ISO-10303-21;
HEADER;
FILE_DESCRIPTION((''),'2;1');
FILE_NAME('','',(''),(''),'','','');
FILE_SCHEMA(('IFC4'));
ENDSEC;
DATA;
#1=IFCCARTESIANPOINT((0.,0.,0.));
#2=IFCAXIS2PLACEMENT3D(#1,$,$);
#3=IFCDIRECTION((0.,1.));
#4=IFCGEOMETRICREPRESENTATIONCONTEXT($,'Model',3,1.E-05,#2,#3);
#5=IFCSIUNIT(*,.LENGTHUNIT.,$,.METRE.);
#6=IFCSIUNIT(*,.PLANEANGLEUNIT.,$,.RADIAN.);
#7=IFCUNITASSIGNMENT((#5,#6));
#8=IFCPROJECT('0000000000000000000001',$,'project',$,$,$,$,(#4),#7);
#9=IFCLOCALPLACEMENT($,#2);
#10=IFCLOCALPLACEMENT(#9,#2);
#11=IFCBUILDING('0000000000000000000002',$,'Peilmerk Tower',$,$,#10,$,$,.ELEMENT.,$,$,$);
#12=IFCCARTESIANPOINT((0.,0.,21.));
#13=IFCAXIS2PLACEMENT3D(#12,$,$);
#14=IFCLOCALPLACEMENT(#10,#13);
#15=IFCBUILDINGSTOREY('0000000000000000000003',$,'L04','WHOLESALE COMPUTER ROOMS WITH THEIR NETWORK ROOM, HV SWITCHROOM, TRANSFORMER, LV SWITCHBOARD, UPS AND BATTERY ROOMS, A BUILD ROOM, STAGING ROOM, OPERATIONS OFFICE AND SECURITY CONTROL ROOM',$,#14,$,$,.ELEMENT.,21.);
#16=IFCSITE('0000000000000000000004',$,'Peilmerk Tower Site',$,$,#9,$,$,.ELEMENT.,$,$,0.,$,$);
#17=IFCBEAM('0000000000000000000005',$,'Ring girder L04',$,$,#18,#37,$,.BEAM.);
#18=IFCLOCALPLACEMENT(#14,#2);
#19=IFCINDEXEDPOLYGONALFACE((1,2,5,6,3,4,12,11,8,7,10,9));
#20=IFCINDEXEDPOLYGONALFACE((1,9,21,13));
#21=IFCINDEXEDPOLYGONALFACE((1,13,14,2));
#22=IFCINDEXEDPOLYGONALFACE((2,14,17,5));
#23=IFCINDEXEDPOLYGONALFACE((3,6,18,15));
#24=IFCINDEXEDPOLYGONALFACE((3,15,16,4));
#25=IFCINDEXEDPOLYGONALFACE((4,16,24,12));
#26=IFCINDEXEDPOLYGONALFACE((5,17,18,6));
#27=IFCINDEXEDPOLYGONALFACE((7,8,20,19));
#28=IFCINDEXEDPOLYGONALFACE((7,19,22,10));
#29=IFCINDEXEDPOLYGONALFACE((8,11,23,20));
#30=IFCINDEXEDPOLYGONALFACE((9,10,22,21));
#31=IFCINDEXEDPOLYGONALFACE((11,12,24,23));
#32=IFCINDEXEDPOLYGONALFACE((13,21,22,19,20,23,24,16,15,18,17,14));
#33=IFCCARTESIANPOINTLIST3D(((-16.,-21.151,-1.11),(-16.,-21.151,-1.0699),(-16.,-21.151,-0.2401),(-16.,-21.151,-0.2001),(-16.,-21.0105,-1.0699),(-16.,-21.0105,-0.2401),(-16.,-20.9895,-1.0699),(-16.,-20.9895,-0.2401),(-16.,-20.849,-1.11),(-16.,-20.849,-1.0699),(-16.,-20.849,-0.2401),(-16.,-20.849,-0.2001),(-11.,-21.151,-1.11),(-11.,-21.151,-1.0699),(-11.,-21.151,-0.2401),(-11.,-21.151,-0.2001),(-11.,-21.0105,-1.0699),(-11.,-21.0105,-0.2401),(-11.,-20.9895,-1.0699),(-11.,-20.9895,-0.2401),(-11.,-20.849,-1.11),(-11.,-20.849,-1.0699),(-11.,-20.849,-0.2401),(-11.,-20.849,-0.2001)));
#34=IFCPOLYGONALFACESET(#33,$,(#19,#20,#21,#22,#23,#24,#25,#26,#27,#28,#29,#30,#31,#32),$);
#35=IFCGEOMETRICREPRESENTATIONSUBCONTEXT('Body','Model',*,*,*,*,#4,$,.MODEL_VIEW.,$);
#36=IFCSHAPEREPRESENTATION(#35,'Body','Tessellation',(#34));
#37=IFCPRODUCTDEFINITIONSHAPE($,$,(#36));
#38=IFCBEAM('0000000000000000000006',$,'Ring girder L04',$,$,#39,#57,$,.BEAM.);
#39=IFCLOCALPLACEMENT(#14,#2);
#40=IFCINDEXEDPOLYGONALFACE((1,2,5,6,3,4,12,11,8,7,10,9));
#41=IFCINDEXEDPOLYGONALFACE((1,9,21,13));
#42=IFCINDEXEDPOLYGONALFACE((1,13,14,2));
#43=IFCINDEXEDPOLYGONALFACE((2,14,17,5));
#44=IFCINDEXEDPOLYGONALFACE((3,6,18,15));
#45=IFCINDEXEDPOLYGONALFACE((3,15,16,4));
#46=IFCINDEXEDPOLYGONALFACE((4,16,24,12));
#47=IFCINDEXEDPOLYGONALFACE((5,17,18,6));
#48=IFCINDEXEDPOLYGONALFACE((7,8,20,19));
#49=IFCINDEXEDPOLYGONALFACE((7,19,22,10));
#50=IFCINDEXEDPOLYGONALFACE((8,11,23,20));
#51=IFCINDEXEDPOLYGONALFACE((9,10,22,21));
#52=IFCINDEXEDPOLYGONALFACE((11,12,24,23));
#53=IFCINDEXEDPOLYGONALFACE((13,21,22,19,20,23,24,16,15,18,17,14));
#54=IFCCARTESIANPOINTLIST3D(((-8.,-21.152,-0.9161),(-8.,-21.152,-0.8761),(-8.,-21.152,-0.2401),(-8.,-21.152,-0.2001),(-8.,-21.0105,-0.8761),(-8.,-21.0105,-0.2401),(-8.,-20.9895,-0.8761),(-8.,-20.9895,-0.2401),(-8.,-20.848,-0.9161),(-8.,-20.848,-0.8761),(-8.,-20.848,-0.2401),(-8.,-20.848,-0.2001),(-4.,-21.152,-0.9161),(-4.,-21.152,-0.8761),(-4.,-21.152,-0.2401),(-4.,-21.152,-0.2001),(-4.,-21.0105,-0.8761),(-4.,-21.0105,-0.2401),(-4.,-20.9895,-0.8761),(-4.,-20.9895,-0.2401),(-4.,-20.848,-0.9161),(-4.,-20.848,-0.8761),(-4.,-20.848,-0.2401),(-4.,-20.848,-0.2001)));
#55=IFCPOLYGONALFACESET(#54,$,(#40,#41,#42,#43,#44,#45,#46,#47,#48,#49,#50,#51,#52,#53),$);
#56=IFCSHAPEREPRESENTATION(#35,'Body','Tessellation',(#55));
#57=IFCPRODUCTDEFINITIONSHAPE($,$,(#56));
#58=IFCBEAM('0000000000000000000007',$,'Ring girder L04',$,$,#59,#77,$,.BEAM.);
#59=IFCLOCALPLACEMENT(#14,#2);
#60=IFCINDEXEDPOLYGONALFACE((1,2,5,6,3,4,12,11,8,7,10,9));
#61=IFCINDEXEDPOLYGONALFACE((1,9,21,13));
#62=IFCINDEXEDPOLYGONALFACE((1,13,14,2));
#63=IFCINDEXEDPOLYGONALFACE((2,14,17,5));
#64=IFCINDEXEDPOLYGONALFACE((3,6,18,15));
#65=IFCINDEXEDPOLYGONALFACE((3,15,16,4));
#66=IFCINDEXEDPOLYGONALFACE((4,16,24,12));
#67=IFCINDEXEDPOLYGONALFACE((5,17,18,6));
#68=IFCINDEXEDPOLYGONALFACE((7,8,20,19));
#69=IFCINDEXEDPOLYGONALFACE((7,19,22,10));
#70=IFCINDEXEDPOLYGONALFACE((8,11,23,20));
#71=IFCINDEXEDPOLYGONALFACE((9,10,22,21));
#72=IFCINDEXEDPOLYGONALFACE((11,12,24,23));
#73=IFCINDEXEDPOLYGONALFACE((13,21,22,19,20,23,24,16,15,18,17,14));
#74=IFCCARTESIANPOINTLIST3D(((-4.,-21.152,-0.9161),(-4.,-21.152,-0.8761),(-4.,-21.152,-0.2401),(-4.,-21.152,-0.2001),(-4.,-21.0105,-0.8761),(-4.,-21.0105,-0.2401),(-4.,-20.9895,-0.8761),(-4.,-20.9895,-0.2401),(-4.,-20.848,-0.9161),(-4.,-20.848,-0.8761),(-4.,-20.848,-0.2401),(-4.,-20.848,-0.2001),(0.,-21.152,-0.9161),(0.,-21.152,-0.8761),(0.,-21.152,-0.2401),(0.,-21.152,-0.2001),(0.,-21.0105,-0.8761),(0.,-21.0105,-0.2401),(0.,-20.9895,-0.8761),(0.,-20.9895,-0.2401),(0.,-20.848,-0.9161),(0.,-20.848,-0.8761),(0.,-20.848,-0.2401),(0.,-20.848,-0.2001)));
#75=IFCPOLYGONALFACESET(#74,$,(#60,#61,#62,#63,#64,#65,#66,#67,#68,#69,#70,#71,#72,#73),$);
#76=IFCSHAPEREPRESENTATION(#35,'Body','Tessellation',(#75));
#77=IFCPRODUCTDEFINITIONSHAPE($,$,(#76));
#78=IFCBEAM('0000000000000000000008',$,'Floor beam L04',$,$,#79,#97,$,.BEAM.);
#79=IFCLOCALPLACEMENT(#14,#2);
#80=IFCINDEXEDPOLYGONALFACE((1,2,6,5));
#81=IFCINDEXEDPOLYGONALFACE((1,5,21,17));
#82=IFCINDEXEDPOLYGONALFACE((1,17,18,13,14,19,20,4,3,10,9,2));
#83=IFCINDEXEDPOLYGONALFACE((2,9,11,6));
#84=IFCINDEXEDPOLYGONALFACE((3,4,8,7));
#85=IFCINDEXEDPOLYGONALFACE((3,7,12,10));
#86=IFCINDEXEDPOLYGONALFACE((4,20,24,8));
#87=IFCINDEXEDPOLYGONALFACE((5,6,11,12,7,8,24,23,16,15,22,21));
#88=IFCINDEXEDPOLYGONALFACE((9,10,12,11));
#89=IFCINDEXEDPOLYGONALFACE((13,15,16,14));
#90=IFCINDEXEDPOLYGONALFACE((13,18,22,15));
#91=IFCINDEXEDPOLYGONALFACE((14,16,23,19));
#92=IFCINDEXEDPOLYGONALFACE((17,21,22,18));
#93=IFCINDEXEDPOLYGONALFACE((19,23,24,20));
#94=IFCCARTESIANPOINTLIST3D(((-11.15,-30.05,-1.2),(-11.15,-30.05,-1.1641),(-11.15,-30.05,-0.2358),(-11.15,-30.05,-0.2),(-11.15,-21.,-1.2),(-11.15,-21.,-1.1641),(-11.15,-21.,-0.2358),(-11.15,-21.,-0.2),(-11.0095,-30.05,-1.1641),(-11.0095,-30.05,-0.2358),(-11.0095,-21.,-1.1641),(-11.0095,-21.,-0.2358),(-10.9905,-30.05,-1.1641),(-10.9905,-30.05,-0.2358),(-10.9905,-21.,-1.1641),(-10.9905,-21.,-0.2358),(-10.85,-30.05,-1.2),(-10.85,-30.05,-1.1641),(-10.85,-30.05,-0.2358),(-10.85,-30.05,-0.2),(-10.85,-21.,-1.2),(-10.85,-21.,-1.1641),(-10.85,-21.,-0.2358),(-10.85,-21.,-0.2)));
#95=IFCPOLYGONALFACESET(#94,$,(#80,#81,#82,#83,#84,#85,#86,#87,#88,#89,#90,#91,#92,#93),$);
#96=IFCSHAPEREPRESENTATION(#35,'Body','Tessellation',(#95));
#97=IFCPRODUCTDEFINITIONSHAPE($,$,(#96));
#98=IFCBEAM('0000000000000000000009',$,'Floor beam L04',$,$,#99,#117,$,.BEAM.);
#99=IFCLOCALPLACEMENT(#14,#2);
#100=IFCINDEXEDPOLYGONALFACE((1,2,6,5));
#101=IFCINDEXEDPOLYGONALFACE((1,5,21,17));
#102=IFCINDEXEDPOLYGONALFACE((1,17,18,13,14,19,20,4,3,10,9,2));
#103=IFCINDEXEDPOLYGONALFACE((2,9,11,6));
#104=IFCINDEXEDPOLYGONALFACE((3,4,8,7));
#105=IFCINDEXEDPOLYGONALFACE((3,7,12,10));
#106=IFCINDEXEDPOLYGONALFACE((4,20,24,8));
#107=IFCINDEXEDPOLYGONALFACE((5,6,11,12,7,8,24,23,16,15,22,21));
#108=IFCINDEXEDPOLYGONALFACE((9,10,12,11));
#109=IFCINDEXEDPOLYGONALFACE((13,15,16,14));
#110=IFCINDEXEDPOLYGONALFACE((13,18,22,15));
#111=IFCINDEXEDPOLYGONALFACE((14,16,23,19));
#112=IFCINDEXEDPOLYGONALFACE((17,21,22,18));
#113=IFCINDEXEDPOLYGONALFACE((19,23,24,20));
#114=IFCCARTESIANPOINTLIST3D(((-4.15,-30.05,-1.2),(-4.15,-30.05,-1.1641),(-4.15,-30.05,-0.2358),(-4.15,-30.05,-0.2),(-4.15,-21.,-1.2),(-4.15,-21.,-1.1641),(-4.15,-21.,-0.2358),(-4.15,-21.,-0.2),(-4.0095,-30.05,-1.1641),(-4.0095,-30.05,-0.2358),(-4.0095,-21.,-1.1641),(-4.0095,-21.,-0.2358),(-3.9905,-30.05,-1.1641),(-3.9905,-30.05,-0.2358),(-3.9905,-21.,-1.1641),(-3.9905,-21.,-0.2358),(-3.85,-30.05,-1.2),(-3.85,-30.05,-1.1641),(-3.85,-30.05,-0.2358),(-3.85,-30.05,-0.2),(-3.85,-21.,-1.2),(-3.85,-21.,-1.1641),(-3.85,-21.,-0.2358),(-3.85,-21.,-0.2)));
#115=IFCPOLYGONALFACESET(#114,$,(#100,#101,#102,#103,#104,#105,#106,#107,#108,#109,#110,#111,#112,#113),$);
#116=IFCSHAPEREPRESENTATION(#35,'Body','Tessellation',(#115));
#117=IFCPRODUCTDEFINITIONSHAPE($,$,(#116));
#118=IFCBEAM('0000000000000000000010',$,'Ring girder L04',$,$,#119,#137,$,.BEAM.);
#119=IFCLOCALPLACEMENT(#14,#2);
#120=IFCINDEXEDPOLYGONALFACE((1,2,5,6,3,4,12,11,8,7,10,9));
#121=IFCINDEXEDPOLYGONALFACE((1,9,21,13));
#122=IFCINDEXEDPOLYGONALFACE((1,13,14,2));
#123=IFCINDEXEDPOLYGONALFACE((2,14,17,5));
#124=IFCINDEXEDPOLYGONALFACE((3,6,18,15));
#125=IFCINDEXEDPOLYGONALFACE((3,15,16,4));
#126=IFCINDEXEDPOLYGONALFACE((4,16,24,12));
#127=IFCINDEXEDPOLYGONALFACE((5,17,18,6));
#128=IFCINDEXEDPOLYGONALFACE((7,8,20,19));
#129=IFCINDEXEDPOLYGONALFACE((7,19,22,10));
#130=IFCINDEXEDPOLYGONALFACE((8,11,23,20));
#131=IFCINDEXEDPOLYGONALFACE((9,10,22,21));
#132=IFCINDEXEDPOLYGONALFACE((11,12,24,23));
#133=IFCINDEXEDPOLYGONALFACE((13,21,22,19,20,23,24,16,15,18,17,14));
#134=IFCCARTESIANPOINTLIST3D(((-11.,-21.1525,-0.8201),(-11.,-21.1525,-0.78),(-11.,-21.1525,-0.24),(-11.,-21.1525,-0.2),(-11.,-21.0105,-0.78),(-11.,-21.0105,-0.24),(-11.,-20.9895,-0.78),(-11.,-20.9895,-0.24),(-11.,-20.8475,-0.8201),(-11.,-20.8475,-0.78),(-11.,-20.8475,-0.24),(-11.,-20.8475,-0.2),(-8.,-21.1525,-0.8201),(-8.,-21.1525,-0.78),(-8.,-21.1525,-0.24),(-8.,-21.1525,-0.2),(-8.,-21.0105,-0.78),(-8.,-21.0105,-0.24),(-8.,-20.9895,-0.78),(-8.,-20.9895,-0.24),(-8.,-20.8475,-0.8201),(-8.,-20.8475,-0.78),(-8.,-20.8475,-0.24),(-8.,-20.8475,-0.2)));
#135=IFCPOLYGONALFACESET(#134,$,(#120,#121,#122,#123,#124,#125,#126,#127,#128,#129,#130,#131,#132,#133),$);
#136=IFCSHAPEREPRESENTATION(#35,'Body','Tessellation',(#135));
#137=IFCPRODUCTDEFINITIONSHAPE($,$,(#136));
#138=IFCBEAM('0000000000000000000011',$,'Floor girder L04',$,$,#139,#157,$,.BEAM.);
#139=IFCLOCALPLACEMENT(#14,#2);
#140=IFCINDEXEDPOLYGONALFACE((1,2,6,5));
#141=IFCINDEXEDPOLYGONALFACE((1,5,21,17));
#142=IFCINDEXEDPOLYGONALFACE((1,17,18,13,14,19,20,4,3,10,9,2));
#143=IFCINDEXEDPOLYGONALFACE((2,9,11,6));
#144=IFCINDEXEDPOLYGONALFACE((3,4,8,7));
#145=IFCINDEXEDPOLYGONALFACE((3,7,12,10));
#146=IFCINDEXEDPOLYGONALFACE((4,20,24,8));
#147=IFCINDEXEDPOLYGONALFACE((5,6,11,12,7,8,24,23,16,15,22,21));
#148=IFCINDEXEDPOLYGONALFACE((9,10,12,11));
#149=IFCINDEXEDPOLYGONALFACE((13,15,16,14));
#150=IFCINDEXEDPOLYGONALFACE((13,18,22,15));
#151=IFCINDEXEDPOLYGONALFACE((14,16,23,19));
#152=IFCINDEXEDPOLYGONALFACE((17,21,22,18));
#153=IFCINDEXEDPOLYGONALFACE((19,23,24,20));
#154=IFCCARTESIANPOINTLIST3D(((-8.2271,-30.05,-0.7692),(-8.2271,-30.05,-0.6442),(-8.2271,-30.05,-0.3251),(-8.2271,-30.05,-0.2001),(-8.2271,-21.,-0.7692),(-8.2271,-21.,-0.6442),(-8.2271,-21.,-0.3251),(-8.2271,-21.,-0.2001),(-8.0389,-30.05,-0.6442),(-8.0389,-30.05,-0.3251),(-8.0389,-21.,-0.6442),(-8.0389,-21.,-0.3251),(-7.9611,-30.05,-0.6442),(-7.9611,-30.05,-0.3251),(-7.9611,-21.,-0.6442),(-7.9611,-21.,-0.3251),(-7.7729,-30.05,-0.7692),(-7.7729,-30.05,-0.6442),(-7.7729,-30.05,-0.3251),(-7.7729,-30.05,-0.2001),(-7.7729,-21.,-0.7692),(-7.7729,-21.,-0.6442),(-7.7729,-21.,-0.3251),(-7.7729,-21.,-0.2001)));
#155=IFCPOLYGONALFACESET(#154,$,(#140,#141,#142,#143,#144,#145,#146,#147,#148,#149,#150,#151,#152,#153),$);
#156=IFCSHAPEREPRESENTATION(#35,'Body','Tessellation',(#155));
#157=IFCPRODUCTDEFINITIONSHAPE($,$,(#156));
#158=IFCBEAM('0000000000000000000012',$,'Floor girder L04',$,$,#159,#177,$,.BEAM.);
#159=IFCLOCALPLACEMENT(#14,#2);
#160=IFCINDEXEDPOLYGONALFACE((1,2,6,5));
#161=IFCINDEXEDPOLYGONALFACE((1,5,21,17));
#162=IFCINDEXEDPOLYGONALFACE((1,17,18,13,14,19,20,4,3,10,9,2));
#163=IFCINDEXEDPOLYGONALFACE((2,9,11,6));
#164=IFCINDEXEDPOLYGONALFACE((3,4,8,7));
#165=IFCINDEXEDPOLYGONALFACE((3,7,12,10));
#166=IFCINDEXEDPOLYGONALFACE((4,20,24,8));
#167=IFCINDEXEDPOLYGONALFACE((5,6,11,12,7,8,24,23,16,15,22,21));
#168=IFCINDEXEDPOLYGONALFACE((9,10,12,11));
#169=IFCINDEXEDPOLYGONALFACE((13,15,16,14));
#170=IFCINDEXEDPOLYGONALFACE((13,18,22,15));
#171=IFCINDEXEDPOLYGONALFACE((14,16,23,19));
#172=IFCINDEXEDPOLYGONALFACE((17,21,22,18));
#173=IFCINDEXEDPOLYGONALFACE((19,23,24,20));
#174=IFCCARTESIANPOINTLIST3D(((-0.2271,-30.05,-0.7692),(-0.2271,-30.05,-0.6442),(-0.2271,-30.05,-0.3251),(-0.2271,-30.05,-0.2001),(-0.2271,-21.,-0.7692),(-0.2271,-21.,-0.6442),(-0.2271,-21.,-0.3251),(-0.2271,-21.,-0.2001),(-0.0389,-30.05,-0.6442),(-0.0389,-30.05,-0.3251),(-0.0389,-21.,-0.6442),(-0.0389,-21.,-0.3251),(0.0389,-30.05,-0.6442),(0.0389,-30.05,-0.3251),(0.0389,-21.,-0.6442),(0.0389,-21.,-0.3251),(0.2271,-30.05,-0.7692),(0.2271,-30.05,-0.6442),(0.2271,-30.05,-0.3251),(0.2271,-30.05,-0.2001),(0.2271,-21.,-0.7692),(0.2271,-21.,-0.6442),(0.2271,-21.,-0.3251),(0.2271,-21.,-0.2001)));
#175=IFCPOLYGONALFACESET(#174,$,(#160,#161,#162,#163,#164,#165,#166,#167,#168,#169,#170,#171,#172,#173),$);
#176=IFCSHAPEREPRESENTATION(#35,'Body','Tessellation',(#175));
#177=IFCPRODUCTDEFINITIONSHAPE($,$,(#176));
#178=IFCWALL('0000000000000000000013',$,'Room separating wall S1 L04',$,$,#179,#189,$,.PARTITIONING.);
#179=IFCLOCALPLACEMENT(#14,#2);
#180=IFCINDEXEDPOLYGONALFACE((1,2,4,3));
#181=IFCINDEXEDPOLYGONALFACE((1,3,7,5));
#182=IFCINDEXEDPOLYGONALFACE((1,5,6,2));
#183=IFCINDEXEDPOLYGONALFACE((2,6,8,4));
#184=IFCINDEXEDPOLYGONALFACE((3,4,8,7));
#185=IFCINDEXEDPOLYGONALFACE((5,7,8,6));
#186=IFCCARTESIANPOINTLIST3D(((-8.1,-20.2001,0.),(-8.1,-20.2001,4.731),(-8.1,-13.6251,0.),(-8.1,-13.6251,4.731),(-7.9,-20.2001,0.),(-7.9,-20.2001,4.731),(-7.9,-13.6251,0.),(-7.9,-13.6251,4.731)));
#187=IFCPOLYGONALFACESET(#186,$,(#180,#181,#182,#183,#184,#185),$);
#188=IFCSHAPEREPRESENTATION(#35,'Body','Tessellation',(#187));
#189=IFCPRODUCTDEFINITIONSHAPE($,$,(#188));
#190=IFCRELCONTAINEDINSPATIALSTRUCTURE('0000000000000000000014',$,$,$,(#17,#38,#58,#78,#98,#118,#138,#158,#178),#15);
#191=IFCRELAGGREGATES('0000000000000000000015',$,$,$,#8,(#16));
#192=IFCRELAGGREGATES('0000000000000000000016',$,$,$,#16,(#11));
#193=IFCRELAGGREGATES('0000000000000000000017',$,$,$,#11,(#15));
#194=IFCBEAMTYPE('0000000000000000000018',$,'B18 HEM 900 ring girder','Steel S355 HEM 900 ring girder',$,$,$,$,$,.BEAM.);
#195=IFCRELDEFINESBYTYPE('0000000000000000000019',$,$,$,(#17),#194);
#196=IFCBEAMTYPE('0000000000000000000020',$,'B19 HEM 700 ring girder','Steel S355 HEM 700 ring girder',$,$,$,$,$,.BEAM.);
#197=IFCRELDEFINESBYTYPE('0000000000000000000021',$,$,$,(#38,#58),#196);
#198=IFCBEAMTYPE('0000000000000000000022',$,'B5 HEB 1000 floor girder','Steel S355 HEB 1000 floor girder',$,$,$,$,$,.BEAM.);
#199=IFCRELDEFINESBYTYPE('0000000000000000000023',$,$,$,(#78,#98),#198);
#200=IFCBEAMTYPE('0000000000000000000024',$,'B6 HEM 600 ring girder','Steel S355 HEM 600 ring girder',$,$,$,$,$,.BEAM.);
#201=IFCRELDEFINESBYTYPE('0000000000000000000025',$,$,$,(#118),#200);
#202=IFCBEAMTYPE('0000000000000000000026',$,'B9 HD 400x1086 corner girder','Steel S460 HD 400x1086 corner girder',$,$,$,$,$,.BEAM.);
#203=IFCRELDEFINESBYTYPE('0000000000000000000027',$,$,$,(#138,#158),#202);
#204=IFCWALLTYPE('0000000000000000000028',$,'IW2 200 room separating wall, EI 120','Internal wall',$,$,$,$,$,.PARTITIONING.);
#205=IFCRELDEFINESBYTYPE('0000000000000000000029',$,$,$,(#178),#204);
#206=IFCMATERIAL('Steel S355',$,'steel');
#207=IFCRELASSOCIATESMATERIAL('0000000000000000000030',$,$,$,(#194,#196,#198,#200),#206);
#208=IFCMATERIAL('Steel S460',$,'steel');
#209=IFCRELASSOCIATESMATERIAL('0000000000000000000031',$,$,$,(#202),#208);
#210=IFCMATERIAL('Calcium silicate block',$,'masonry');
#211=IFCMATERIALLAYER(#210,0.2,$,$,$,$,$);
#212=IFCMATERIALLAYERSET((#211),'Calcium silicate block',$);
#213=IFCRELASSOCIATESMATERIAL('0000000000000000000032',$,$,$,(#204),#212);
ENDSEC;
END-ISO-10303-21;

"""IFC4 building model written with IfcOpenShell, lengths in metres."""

from ifc_helpers import new_model, si_unit, direction, frame, frame_2d, origin, origin_2d, place, context, subcontext, project, spatial, rectangle, i_section, extrude, material, layer, layer_set, material_profile, profile_set, type_object, element, save


model = new_model("IFC4")

# Units and contexts
model_context = context("Model", 3, precision=1e-05, world=origin(), true_north=direction((0.0, 1.0)))
body_context = subcontext(model_context, "Body", "Model", "MODEL_VIEW")
ifc_project = project(units=[si_unit("LENGTHUNIT", "METRE"), si_unit("PLANEANGLEUNIT", "RADIAN")], contexts=[model_context])

# Site, building, storey
site_placement = place(None, origin())
site = spatial("IfcSite", under=ifc_project, at=site_placement, Name="Peilmerk Tower Site", CompositionType="ELEMENT", RefElevation=0.0)
building_placement = place(site_placement, origin())
building = spatial("IfcBuilding", under=site, at=building_placement, Name="Peilmerk Tower", CompositionType="ELEMENT")
storey_placement = place(building_placement, frame((0.0, 0.0, 21.0)))
storey = spatial("IfcBuildingStorey", under=building, at=storey_placement, Name="L04", Description="WHOLESALE COMPUTER ROOMS WITH THEIR NETWORK ROOM, HV SWITCHROOM, TRANSFORMER, LV SWITCHBOARD, UPS AND BATTERY ROOMS, A BUILD ROOM, STAGING ROOM, OPERATIONS OFFICE AND SECURITY CONTROL ROOM", CompositionType="ELEMENT", Elevation=21.0)

# Beams
ifc_material_1 = material(Name="Steel S355", Category="steel")
ifc_material_profile_1 = material_profile(ifc_material_1, i_section(OverallWidth=0.302, OverallDepth=0.9099, WebThickness=0.021, FlangeThickness=0.04, at=origin_2d()), Name="HEM 900")
ifc_profile_set_1 = profile_set([ifc_material_profile_1], Name="Steel S355")
beam_type_1 = type_object("IfcBeamType", Name="B18 HEM 900 ring girder", Description="Steel S355 HEM 900 ring girder", PredefinedType="BEAM", material=ifc_profile_set_1)
beam_1_placement = place(storey_placement, frame((-16.0, -21.0, -0.655), z_axis=(1.0, 0.0, 0.0), x_axis=(0.0, 1.0, 0.0)))
element("IfcBeam", 1, at=beam_1_placement, inside=storey, type_object=beam_type_1, Name="Ring girder L04", PredefinedType="BEAM", context=body_context, shape_type="SweptSolid", body=[
    extrude(i_section(OverallWidth=0.302, OverallDepth=0.9099, WebThickness=0.021, FlangeThickness=0.04, at=origin_2d()), origin(), (0.0, 0.0, 1.0), 5.0),
])
ifc_material_profile_2 = material_profile(ifc_material_1, i_section(OverallWidth=0.304, OverallDepth=0.7161, WebThickness=0.021, FlangeThickness=0.04, at=origin_2d()), Name="HEM 700")
ifc_profile_set_2 = profile_set([ifc_material_profile_2], Name="Steel S355")
beam_type_2 = type_object("IfcBeamType", Name="B19 HEM 700 ring girder", Description="Steel S355 HEM 700 ring girder", PredefinedType="BEAM", material=ifc_profile_set_2)
for number, where, z_axis, x_axis, name in (
    (2, (-8.0, -21.0, -0.5581), (1.0, 0.0, 0.0), (0.0, 1.0, 0.0), "Ring girder L04"),
    (3, (-4.0, -21.0, -0.5581), (1.0, 0.0, 0.0), (0.0, 1.0, 0.0), "Ring girder L04"),
):
    element("IfcBeam", number, at=place(storey_placement, frame(where, z_axis=z_axis, x_axis=x_axis)), inside=storey, type_object=beam_type_2, Name=name, PredefinedType="BEAM", context=body_context, shape_type="SweptSolid", body=[
        extrude(i_section(OverallWidth=0.304, OverallDepth=0.7161, WebThickness=0.021, FlangeThickness=0.04, at=origin_2d()), origin(), (0.0, 0.0, 1.0), 4.0),
    ])
ifc_material_profile_3 = material_profile(ifc_material_1, i_section(OverallWidth=0.3, OverallDepth=1.0, WebThickness=0.019, FlangeThickness=0.0359, at=origin_2d()), Name="HEB 1000")
ifc_profile_set_3 = profile_set([ifc_material_profile_3], Name="Steel S355")
beam_type_3 = type_object("IfcBeamType", Name="B5 HEB 1000 floor girder", Description="Steel S355 HEB 1000 floor girder", PredefinedType="BEAM", material=ifc_profile_set_3)
for number, where, z_axis, x_axis, name in (
    (4, (-11.0, -21.0, -0.7), (0.0, -1.0, 0.0), (1.0, 0.0, 0.0), "Floor beam L04"),
    (5, (-4.0, -21.0, -0.7), (0.0, -1.0, 0.0), (1.0, 0.0, 0.0), "Floor beam L04"),
):
    element("IfcBeam", number, at=place(storey_placement, frame(where, z_axis=z_axis, x_axis=x_axis)), inside=storey, type_object=beam_type_3, Name=name, PredefinedType="BEAM", context=body_context, shape_type="SweptSolid", body=[
        extrude(i_section(OverallWidth=0.3, OverallDepth=1.0, WebThickness=0.019, FlangeThickness=0.0359, at=origin_2d()), origin(), (0.0, 0.0, 1.0), 9.05),
    ])
ifc_material_profile_4 = material_profile(ifc_material_1, i_section(OverallWidth=0.3049, OverallDepth=0.6201, WebThickness=0.021, FlangeThickness=0.04, at=origin_2d()), Name="HEM 600")
ifc_profile_set_4 = profile_set([ifc_material_profile_4], Name="Steel S355")
beam_type_4 = type_object("IfcBeamType", Name="B6 HEM 600 ring girder", Description="Steel S355 HEM 600 ring girder", PredefinedType="BEAM", material=ifc_profile_set_4)
beam_2_placement = place(storey_placement, frame((-11.0, -21.0, -0.51), z_axis=(1.0, 0.0, 0.0), x_axis=(0.0, 1.0, 0.0)))
element("IfcBeam", 6, at=beam_2_placement, inside=storey, type_object=beam_type_4, Name="Ring girder L04", PredefinedType="BEAM", context=body_context, shape_type="SweptSolid", body=[
    extrude(i_section(OverallWidth=0.3049, OverallDepth=0.6201, WebThickness=0.021, FlangeThickness=0.04, at=origin_2d()), origin(), (0.0, 0.0, 1.0), 3.0),
])
ifc_material_2 = material(Name="Steel S460", Category="steel")
ifc_material_profile_5 = material_profile(ifc_material_2, i_section(OverallWidth=0.4541, OverallDepth=0.5691, WebThickness=0.0779, FlangeThickness=0.125, at=origin_2d()), Name="HD 400x1086")
ifc_profile_set_5 = profile_set([ifc_material_profile_5], Name="Steel S460")
beam_type_5 = type_object("IfcBeamType", Name="B9 HD 400x1086 corner girder", Description="Steel S460 HD 400x1086 corner girder", PredefinedType="BEAM", material=ifc_profile_set_5)
for number, where, z_axis, x_axis, name in (
    (7, (-8.0, -21.0, -0.4846), (0.0, -1.0, 0.0), (1.0, 0.0, 0.0), "Floor girder L04"),
    (8, (0.0, -21.0, -0.4846), (0.0, -1.0, 0.0), (1.0, 0.0, 0.0), "Floor girder L04"),
):
    element("IfcBeam", number, at=place(storey_placement, frame(where, z_axis=z_axis, x_axis=x_axis)), inside=storey, type_object=beam_type_5, Name=name, PredefinedType="BEAM", context=body_context, shape_type="SweptSolid", body=[
        extrude(i_section(OverallWidth=0.4541, OverallDepth=0.5691, WebThickness=0.0779, FlangeThickness=0.125, at=origin_2d()), origin(), (0.0, 0.0, 1.0), 9.05),
    ])

# Wall
ifc_material_3 = material(Name="Calcium silicate block", Category="masonry")
ifc_layer = layer(ifc_material_3, 0.2)
ifc_layer_set = layer_set([ifc_layer], Name="Calcium silicate block")
wall_type = type_object("IfcWallType", Name="IW2 200 room separating wall, EI 120", Description="Internal wall", PredefinedType="PARTITIONING", material=ifc_layer_set)
wall_1_placement = place(storey_placement, frame((-8.0, -13.625, 0.0), z_axis=(0.0, 0.0, 1.0), x_axis=(0.0, -1.0, 0.0)))
element("IfcWall", 9, at=wall_1_placement, inside=storey, type_object=wall_type, Name="Room separating wall S1 L04", PredefinedType="PARTITIONING", context=body_context, shape_type="SweptSolid", body=[
    extrude(rectangle(XDim=6.575, YDim=0.2, at=frame_2d((3.2876, 0.0))), origin(), (0.0, 0.0, 1.0), 4.731),
])

save(model, "model.ifc")
